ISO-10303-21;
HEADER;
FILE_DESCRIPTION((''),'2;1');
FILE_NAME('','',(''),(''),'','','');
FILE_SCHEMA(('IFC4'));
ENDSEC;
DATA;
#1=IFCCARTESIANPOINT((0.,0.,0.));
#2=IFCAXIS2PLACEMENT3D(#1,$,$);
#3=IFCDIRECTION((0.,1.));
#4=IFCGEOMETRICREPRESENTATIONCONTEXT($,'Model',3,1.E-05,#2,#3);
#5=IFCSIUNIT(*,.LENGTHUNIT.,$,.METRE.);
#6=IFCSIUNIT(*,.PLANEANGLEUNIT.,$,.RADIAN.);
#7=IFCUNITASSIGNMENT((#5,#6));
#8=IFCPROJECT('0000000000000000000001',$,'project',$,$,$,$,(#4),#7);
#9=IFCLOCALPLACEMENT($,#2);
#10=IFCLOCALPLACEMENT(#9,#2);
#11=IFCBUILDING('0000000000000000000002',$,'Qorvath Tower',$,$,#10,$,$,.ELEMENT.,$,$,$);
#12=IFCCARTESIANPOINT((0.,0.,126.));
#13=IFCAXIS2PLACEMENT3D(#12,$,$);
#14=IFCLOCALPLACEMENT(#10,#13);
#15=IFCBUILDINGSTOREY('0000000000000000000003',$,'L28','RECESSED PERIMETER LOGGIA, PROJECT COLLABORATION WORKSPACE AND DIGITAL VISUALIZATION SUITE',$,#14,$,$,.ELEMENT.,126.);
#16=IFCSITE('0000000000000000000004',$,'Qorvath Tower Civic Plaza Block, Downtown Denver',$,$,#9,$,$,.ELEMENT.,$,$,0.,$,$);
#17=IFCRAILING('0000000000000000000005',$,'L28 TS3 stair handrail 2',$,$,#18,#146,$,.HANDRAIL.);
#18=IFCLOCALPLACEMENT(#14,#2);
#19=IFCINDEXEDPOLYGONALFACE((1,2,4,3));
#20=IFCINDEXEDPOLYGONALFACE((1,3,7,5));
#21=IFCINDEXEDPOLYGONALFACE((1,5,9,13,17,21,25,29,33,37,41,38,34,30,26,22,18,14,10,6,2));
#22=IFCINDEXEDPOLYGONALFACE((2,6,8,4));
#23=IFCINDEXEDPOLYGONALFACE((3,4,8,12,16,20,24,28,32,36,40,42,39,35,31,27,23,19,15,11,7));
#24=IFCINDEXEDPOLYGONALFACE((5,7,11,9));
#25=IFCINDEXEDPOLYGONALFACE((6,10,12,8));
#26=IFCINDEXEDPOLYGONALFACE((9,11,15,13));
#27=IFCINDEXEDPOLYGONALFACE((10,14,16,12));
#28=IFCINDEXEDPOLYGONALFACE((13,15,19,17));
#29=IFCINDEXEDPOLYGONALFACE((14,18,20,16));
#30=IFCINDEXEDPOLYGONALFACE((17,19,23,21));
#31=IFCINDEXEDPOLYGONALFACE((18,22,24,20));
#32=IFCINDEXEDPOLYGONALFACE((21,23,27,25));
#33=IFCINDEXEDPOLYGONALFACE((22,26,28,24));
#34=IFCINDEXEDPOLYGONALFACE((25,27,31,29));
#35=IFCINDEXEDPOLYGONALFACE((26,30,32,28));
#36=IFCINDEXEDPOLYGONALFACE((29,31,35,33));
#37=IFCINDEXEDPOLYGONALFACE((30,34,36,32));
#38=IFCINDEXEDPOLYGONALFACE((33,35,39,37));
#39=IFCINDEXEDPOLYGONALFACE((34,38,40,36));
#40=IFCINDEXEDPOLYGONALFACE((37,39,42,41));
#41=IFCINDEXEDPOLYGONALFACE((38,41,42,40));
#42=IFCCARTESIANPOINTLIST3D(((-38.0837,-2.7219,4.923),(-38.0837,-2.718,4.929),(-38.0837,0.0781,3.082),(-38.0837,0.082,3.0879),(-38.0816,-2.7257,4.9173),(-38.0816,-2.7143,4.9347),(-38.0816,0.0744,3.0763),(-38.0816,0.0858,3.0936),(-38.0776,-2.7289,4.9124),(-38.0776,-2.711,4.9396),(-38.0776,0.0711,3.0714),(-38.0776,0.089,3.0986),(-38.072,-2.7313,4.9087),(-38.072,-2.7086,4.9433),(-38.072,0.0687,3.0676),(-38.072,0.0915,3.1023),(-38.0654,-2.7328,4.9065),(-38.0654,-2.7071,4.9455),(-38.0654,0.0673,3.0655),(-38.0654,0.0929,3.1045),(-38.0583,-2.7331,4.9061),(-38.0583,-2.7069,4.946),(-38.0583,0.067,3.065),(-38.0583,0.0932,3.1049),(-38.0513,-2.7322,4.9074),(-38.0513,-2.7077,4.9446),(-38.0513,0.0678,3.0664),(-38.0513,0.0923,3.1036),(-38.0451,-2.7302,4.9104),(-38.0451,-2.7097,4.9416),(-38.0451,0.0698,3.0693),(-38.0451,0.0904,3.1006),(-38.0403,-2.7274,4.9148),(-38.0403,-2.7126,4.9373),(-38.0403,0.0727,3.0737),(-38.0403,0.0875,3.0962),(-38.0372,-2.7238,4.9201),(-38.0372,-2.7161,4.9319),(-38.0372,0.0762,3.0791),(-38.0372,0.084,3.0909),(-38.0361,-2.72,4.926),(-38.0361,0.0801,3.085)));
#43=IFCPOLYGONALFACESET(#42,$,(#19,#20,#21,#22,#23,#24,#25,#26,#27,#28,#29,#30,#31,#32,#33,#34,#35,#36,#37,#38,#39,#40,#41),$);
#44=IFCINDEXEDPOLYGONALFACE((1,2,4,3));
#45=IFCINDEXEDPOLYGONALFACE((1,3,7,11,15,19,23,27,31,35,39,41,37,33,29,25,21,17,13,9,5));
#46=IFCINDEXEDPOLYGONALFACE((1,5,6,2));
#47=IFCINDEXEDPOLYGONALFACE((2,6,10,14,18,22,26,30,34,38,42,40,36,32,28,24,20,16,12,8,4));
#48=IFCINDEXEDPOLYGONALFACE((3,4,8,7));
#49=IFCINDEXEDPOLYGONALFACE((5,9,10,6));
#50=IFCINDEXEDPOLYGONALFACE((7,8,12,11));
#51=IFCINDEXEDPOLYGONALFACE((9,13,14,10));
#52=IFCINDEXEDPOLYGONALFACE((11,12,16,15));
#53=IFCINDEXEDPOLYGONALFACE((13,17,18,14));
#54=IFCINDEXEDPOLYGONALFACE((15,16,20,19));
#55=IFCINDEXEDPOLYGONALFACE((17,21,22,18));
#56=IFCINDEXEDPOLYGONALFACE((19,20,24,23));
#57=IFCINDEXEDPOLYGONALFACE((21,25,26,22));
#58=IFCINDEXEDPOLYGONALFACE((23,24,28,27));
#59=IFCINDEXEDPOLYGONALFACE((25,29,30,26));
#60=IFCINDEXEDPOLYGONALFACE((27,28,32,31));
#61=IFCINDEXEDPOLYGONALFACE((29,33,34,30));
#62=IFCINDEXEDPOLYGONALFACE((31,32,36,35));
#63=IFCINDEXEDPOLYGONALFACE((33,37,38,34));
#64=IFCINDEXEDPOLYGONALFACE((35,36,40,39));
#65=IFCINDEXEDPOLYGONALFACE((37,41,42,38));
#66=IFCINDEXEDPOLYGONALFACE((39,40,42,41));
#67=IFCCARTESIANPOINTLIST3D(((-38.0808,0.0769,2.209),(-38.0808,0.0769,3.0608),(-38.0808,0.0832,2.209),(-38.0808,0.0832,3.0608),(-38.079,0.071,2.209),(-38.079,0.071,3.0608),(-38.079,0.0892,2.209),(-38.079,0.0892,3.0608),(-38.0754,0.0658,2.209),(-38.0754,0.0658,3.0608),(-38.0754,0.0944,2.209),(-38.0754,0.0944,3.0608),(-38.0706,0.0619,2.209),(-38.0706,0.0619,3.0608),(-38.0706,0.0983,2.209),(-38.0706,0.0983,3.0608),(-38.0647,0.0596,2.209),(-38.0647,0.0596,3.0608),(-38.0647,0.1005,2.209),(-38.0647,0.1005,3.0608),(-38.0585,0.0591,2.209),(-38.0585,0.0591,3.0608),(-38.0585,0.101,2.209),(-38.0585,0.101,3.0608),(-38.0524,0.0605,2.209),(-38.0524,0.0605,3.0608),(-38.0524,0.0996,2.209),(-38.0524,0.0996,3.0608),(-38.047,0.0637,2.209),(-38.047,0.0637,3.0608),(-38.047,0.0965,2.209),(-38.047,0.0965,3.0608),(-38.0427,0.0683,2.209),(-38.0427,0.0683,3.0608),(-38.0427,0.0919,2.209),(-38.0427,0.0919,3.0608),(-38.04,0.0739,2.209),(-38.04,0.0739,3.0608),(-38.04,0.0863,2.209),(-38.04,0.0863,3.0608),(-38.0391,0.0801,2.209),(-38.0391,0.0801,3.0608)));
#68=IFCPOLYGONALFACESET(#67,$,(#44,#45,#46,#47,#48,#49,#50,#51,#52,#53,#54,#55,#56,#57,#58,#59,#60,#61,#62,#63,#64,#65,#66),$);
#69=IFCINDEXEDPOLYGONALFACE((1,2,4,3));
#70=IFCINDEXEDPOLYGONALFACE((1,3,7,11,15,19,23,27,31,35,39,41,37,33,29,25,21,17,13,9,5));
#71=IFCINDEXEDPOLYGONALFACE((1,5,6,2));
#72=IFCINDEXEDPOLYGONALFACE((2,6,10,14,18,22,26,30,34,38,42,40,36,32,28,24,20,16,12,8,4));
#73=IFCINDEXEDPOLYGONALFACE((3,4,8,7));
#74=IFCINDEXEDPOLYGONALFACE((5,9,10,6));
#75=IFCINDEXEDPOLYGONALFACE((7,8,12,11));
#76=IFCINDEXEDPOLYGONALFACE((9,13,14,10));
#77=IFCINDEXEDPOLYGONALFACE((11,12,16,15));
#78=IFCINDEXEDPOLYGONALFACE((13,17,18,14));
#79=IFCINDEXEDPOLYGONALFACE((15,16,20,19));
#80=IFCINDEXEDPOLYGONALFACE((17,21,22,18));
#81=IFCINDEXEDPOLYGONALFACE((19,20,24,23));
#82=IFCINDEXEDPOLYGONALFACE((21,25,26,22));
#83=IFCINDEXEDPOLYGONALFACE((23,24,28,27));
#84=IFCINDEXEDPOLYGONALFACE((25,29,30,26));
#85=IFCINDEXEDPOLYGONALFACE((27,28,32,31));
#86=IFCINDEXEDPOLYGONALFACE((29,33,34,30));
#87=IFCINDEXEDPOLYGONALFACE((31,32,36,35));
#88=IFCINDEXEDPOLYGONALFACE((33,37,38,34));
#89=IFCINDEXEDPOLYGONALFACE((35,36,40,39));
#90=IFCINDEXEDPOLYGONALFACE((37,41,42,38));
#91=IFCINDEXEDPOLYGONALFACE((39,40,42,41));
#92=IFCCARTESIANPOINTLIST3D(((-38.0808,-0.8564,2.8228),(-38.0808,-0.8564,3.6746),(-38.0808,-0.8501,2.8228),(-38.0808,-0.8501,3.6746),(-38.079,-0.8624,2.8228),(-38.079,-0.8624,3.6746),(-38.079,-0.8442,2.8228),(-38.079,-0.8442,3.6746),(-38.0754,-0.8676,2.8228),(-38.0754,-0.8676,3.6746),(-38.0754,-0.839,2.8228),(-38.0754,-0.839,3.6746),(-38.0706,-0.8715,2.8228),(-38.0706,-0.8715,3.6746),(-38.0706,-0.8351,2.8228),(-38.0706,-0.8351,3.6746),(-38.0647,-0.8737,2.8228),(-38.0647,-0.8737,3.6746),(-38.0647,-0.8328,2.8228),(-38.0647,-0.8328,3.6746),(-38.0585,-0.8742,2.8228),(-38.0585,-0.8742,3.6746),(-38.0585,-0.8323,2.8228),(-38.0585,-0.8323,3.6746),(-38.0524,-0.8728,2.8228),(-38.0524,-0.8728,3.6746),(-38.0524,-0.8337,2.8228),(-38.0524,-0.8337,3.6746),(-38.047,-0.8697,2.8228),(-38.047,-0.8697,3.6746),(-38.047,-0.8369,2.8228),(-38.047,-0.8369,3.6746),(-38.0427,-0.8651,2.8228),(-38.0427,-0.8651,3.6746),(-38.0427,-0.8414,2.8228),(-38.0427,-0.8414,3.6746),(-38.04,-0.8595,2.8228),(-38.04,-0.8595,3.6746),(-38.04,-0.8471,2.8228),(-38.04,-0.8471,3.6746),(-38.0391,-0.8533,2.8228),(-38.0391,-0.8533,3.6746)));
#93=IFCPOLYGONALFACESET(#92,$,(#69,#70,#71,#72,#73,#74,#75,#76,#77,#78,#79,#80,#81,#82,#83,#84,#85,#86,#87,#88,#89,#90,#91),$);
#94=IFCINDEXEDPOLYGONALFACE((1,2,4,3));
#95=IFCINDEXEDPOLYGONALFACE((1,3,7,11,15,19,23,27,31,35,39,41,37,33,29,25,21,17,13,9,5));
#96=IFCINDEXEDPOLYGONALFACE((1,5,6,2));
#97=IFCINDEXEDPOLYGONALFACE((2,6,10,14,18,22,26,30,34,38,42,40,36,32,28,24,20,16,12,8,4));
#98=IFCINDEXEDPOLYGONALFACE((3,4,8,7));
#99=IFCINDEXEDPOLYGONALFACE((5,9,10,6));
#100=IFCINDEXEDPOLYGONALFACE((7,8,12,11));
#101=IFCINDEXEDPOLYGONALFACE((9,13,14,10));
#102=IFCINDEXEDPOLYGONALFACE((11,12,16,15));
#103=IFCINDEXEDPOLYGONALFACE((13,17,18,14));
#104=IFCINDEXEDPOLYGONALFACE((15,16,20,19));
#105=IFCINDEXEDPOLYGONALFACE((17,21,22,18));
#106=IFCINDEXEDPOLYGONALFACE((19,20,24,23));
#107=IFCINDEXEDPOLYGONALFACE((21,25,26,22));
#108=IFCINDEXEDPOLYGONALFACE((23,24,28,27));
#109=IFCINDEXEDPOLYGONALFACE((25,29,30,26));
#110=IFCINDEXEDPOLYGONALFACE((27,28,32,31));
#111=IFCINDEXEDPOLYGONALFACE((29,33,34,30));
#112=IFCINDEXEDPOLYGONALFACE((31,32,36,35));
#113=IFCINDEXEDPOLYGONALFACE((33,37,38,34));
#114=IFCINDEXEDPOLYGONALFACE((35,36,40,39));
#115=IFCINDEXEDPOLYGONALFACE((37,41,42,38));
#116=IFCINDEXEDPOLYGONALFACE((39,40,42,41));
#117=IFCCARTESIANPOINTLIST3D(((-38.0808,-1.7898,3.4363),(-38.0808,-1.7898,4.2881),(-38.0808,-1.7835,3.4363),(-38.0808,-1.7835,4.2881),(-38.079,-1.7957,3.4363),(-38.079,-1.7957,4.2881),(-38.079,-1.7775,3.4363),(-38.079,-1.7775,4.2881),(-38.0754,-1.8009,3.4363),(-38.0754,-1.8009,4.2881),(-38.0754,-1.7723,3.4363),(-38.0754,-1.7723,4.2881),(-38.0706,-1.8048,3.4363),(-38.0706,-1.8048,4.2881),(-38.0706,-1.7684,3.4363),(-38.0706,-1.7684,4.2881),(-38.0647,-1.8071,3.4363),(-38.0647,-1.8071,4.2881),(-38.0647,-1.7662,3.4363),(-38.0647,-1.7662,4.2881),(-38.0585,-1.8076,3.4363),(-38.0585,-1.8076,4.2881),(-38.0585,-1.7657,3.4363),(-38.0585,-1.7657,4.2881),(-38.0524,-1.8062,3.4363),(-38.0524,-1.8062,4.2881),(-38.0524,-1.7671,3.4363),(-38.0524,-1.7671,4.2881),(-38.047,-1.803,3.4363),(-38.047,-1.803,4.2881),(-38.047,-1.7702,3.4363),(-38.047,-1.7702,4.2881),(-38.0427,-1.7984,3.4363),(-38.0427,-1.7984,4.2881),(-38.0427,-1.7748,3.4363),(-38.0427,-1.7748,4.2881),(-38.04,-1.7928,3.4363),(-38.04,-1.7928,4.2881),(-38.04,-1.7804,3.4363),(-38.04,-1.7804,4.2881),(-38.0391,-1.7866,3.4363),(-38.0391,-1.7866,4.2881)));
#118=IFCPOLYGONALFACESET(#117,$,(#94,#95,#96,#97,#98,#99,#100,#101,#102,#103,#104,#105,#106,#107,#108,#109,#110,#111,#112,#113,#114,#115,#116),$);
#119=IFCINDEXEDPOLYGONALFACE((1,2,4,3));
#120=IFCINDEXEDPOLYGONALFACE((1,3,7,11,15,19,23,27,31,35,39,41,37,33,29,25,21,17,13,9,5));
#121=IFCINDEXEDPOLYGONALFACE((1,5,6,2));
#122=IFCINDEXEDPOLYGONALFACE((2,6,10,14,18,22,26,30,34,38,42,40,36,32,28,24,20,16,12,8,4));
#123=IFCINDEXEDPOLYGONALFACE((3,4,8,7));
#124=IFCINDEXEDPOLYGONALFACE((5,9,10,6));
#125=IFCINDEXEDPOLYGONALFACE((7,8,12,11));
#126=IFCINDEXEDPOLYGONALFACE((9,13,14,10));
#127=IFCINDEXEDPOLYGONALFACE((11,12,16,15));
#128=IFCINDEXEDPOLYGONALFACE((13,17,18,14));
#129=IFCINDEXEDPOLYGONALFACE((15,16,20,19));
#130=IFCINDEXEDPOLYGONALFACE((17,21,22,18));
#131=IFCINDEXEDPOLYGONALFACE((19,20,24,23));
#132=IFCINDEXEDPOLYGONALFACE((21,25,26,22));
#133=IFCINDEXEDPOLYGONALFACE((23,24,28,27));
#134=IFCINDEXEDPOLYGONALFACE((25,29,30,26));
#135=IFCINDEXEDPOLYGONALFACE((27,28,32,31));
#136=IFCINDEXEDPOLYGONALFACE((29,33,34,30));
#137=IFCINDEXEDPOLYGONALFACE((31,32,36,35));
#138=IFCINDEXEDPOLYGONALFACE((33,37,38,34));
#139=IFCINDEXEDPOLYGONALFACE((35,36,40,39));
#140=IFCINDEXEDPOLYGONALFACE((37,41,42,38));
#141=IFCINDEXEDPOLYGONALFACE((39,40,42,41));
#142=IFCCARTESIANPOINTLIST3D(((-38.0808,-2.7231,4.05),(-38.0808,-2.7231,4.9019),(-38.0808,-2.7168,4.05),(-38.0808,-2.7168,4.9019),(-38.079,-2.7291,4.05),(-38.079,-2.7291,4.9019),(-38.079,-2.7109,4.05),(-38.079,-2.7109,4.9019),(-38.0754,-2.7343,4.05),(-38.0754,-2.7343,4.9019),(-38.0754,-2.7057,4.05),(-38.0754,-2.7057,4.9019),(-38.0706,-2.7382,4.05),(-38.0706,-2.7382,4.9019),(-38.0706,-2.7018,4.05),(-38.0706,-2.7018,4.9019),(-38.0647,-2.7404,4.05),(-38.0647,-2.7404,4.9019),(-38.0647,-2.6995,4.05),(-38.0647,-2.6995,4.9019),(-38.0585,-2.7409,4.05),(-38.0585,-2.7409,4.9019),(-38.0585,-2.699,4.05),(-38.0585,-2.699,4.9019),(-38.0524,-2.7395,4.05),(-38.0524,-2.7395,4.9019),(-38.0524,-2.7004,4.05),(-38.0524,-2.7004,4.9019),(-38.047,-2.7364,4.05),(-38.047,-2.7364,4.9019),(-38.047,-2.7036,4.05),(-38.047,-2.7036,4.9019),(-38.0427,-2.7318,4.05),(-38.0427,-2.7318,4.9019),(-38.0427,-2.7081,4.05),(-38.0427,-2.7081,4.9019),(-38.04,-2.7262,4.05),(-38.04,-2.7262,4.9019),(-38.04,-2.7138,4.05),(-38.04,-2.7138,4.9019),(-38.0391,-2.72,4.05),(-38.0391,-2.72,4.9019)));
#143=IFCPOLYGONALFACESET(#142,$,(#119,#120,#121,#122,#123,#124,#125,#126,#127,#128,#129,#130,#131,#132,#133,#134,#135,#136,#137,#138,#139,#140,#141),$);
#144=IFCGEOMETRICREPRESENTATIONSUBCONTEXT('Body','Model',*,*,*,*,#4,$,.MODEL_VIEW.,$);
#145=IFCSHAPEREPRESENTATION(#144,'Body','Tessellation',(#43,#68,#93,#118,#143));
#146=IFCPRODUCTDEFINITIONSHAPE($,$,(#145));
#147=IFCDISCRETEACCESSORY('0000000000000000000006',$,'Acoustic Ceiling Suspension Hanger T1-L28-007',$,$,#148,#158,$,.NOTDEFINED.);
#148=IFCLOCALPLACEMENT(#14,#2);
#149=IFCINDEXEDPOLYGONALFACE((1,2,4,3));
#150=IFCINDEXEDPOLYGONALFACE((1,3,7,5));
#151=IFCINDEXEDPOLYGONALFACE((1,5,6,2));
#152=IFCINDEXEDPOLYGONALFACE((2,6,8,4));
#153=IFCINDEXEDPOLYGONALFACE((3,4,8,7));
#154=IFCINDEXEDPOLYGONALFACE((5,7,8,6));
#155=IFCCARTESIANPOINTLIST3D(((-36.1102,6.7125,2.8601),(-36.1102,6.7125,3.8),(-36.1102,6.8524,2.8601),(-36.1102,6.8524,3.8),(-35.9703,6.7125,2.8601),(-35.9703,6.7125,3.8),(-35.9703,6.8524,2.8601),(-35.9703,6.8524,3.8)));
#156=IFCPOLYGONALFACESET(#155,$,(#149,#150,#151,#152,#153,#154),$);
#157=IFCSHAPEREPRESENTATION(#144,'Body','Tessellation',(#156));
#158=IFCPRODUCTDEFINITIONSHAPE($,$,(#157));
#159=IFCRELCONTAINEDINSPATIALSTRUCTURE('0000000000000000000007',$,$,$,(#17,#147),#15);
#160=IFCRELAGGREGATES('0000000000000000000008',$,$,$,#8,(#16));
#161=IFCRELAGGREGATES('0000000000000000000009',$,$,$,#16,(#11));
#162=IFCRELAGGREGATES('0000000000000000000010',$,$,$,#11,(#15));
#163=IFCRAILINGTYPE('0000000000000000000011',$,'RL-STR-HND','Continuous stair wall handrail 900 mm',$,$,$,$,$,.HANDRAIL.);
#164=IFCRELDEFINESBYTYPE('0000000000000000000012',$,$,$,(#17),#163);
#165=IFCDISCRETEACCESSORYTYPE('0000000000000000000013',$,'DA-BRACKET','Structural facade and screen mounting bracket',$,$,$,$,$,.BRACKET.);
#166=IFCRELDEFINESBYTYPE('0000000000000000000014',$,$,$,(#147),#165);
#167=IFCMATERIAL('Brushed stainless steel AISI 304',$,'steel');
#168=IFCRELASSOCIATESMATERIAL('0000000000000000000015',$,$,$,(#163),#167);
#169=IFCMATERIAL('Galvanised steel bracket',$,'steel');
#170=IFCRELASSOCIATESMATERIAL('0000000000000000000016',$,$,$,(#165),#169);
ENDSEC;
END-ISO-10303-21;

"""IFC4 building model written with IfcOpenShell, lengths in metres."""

from ifc_helpers import new_model, si_unit, direction, frame, origin, origin_2d, place, context, subcontext, project, spatial, rectangle, circle, extrude, material, type_object, element, save


model = new_model("IFC4")

# Units and contexts
model_context = context("Model", 3, precision=1e-05, world=origin(), true_north=direction((0.0, 1.0)))
body_context = subcontext(model_context, "Body", "Model", "MODEL_VIEW")
ifc_project = project(units=[si_unit("LENGTHUNIT", "METRE"), si_unit("PLANEANGLEUNIT", "RADIAN")], contexts=[model_context])

# Site, building, storey
site_placement = place(None, origin())
site = spatial("IfcSite", under=ifc_project, at=site_placement, Name="Qorvath Tower Civic Plaza Block, Downtown Denver", CompositionType="ELEMENT", RefElevation=0.0)
building_placement = place(site_placement, origin())
building = spatial("IfcBuilding", under=site, at=building_placement, Name="Qorvath Tower", CompositionType="ELEMENT")
storey_placement = place(building_placement, frame((0.0, 0.0, 126.0)))
storey = spatial("IfcBuildingStorey", under=building, at=storey_placement, Name="L28", Description="RECESSED PERIMETER LOGGIA, PROJECT COLLABORATION WORKSPACE AND DIGITAL VISUALIZATION SUITE", CompositionType="ELEMENT", Elevation=126.0)

# Railing
ifc_material_1 = material(Name="Brushed stainless steel AISI 304", Category="steel")
railing_type_1 = type_object("IfcRailingType", Name="RL-STR-HND", Description="Continuous stair wall handrail 900 mm", PredefinedType="HANDRAIL", material=ifc_material_1)
railing_1_placement = place(storey_placement, frame((-38.0601, 0.0801, 2.209)))
element("IfcRailing", 1, at=railing_1_placement, inside=storey, type_object=railing_type_1, Name="L28 TS3 stair handrail 2", PredefinedType="HANDRAIL", context=body_context, shape_type="SweptSolid", body=[
    extrude(circle(Radius=0.0239, at=origin_2d()), frame((0.0, 0.0, 0.876), z_axis=(0.0, -0.835564, 0.549393), x_axis=(1.0, 0.0, 0.0)), (0.0, 0.0, 1.0), 3.3511),
    extrude(circle(Radius=0.021, at=origin_2d()), origin(), (0.0, 0.0, 1.0), 0.8518),
    extrude(circle(Radius=0.021, at=origin_2d()), frame((0.0, -0.9333, 0.6138)), (0.0, 0.0, 1.0), 0.8518),
    extrude(circle(Radius=0.021, at=origin_2d()), frame((0.0, -1.8667, 1.2273)), (0.0, 0.0, 1.0), 0.8518),
    extrude(circle(Radius=0.021, at=origin_2d()), frame((0.0, -2.8, 1.8411)), (0.0, 0.0, 1.0), 0.8518),
])

# Discrete accessory
ifc_material_2 = material(Name="Galvanised steel bracket", Category="steel")
discrete_accessory_type = type_object("IfcDiscreteAccessoryType", Name="DA-BRACKET", Description="Structural facade and screen mounting bracket", PredefinedType="BRACKET", material=ifc_material_2)
discrete_accessory_placement = place(storey_placement, frame((-36.0403, 6.7825, 2.8601), z_axis=(0.0, 0.0, 1.0), x_axis=(1.0, 0.0, 0.0)))
element("IfcDiscreteAccessory", 2, at=discrete_accessory_placement, inside=storey, type_object=discrete_accessory_type, Name="Acoustic Ceiling Suspension Hanger T1-L28-007", PredefinedType="NOTDEFINED", context=body_context, shape_type="SweptSolid", body=[
    extrude(rectangle(XDim=0.1399, YDim=0.1399, at=origin_2d()), origin(), (0.0, 0.0, 1.0), 0.9399),
])

save(model, "model.ifc")
